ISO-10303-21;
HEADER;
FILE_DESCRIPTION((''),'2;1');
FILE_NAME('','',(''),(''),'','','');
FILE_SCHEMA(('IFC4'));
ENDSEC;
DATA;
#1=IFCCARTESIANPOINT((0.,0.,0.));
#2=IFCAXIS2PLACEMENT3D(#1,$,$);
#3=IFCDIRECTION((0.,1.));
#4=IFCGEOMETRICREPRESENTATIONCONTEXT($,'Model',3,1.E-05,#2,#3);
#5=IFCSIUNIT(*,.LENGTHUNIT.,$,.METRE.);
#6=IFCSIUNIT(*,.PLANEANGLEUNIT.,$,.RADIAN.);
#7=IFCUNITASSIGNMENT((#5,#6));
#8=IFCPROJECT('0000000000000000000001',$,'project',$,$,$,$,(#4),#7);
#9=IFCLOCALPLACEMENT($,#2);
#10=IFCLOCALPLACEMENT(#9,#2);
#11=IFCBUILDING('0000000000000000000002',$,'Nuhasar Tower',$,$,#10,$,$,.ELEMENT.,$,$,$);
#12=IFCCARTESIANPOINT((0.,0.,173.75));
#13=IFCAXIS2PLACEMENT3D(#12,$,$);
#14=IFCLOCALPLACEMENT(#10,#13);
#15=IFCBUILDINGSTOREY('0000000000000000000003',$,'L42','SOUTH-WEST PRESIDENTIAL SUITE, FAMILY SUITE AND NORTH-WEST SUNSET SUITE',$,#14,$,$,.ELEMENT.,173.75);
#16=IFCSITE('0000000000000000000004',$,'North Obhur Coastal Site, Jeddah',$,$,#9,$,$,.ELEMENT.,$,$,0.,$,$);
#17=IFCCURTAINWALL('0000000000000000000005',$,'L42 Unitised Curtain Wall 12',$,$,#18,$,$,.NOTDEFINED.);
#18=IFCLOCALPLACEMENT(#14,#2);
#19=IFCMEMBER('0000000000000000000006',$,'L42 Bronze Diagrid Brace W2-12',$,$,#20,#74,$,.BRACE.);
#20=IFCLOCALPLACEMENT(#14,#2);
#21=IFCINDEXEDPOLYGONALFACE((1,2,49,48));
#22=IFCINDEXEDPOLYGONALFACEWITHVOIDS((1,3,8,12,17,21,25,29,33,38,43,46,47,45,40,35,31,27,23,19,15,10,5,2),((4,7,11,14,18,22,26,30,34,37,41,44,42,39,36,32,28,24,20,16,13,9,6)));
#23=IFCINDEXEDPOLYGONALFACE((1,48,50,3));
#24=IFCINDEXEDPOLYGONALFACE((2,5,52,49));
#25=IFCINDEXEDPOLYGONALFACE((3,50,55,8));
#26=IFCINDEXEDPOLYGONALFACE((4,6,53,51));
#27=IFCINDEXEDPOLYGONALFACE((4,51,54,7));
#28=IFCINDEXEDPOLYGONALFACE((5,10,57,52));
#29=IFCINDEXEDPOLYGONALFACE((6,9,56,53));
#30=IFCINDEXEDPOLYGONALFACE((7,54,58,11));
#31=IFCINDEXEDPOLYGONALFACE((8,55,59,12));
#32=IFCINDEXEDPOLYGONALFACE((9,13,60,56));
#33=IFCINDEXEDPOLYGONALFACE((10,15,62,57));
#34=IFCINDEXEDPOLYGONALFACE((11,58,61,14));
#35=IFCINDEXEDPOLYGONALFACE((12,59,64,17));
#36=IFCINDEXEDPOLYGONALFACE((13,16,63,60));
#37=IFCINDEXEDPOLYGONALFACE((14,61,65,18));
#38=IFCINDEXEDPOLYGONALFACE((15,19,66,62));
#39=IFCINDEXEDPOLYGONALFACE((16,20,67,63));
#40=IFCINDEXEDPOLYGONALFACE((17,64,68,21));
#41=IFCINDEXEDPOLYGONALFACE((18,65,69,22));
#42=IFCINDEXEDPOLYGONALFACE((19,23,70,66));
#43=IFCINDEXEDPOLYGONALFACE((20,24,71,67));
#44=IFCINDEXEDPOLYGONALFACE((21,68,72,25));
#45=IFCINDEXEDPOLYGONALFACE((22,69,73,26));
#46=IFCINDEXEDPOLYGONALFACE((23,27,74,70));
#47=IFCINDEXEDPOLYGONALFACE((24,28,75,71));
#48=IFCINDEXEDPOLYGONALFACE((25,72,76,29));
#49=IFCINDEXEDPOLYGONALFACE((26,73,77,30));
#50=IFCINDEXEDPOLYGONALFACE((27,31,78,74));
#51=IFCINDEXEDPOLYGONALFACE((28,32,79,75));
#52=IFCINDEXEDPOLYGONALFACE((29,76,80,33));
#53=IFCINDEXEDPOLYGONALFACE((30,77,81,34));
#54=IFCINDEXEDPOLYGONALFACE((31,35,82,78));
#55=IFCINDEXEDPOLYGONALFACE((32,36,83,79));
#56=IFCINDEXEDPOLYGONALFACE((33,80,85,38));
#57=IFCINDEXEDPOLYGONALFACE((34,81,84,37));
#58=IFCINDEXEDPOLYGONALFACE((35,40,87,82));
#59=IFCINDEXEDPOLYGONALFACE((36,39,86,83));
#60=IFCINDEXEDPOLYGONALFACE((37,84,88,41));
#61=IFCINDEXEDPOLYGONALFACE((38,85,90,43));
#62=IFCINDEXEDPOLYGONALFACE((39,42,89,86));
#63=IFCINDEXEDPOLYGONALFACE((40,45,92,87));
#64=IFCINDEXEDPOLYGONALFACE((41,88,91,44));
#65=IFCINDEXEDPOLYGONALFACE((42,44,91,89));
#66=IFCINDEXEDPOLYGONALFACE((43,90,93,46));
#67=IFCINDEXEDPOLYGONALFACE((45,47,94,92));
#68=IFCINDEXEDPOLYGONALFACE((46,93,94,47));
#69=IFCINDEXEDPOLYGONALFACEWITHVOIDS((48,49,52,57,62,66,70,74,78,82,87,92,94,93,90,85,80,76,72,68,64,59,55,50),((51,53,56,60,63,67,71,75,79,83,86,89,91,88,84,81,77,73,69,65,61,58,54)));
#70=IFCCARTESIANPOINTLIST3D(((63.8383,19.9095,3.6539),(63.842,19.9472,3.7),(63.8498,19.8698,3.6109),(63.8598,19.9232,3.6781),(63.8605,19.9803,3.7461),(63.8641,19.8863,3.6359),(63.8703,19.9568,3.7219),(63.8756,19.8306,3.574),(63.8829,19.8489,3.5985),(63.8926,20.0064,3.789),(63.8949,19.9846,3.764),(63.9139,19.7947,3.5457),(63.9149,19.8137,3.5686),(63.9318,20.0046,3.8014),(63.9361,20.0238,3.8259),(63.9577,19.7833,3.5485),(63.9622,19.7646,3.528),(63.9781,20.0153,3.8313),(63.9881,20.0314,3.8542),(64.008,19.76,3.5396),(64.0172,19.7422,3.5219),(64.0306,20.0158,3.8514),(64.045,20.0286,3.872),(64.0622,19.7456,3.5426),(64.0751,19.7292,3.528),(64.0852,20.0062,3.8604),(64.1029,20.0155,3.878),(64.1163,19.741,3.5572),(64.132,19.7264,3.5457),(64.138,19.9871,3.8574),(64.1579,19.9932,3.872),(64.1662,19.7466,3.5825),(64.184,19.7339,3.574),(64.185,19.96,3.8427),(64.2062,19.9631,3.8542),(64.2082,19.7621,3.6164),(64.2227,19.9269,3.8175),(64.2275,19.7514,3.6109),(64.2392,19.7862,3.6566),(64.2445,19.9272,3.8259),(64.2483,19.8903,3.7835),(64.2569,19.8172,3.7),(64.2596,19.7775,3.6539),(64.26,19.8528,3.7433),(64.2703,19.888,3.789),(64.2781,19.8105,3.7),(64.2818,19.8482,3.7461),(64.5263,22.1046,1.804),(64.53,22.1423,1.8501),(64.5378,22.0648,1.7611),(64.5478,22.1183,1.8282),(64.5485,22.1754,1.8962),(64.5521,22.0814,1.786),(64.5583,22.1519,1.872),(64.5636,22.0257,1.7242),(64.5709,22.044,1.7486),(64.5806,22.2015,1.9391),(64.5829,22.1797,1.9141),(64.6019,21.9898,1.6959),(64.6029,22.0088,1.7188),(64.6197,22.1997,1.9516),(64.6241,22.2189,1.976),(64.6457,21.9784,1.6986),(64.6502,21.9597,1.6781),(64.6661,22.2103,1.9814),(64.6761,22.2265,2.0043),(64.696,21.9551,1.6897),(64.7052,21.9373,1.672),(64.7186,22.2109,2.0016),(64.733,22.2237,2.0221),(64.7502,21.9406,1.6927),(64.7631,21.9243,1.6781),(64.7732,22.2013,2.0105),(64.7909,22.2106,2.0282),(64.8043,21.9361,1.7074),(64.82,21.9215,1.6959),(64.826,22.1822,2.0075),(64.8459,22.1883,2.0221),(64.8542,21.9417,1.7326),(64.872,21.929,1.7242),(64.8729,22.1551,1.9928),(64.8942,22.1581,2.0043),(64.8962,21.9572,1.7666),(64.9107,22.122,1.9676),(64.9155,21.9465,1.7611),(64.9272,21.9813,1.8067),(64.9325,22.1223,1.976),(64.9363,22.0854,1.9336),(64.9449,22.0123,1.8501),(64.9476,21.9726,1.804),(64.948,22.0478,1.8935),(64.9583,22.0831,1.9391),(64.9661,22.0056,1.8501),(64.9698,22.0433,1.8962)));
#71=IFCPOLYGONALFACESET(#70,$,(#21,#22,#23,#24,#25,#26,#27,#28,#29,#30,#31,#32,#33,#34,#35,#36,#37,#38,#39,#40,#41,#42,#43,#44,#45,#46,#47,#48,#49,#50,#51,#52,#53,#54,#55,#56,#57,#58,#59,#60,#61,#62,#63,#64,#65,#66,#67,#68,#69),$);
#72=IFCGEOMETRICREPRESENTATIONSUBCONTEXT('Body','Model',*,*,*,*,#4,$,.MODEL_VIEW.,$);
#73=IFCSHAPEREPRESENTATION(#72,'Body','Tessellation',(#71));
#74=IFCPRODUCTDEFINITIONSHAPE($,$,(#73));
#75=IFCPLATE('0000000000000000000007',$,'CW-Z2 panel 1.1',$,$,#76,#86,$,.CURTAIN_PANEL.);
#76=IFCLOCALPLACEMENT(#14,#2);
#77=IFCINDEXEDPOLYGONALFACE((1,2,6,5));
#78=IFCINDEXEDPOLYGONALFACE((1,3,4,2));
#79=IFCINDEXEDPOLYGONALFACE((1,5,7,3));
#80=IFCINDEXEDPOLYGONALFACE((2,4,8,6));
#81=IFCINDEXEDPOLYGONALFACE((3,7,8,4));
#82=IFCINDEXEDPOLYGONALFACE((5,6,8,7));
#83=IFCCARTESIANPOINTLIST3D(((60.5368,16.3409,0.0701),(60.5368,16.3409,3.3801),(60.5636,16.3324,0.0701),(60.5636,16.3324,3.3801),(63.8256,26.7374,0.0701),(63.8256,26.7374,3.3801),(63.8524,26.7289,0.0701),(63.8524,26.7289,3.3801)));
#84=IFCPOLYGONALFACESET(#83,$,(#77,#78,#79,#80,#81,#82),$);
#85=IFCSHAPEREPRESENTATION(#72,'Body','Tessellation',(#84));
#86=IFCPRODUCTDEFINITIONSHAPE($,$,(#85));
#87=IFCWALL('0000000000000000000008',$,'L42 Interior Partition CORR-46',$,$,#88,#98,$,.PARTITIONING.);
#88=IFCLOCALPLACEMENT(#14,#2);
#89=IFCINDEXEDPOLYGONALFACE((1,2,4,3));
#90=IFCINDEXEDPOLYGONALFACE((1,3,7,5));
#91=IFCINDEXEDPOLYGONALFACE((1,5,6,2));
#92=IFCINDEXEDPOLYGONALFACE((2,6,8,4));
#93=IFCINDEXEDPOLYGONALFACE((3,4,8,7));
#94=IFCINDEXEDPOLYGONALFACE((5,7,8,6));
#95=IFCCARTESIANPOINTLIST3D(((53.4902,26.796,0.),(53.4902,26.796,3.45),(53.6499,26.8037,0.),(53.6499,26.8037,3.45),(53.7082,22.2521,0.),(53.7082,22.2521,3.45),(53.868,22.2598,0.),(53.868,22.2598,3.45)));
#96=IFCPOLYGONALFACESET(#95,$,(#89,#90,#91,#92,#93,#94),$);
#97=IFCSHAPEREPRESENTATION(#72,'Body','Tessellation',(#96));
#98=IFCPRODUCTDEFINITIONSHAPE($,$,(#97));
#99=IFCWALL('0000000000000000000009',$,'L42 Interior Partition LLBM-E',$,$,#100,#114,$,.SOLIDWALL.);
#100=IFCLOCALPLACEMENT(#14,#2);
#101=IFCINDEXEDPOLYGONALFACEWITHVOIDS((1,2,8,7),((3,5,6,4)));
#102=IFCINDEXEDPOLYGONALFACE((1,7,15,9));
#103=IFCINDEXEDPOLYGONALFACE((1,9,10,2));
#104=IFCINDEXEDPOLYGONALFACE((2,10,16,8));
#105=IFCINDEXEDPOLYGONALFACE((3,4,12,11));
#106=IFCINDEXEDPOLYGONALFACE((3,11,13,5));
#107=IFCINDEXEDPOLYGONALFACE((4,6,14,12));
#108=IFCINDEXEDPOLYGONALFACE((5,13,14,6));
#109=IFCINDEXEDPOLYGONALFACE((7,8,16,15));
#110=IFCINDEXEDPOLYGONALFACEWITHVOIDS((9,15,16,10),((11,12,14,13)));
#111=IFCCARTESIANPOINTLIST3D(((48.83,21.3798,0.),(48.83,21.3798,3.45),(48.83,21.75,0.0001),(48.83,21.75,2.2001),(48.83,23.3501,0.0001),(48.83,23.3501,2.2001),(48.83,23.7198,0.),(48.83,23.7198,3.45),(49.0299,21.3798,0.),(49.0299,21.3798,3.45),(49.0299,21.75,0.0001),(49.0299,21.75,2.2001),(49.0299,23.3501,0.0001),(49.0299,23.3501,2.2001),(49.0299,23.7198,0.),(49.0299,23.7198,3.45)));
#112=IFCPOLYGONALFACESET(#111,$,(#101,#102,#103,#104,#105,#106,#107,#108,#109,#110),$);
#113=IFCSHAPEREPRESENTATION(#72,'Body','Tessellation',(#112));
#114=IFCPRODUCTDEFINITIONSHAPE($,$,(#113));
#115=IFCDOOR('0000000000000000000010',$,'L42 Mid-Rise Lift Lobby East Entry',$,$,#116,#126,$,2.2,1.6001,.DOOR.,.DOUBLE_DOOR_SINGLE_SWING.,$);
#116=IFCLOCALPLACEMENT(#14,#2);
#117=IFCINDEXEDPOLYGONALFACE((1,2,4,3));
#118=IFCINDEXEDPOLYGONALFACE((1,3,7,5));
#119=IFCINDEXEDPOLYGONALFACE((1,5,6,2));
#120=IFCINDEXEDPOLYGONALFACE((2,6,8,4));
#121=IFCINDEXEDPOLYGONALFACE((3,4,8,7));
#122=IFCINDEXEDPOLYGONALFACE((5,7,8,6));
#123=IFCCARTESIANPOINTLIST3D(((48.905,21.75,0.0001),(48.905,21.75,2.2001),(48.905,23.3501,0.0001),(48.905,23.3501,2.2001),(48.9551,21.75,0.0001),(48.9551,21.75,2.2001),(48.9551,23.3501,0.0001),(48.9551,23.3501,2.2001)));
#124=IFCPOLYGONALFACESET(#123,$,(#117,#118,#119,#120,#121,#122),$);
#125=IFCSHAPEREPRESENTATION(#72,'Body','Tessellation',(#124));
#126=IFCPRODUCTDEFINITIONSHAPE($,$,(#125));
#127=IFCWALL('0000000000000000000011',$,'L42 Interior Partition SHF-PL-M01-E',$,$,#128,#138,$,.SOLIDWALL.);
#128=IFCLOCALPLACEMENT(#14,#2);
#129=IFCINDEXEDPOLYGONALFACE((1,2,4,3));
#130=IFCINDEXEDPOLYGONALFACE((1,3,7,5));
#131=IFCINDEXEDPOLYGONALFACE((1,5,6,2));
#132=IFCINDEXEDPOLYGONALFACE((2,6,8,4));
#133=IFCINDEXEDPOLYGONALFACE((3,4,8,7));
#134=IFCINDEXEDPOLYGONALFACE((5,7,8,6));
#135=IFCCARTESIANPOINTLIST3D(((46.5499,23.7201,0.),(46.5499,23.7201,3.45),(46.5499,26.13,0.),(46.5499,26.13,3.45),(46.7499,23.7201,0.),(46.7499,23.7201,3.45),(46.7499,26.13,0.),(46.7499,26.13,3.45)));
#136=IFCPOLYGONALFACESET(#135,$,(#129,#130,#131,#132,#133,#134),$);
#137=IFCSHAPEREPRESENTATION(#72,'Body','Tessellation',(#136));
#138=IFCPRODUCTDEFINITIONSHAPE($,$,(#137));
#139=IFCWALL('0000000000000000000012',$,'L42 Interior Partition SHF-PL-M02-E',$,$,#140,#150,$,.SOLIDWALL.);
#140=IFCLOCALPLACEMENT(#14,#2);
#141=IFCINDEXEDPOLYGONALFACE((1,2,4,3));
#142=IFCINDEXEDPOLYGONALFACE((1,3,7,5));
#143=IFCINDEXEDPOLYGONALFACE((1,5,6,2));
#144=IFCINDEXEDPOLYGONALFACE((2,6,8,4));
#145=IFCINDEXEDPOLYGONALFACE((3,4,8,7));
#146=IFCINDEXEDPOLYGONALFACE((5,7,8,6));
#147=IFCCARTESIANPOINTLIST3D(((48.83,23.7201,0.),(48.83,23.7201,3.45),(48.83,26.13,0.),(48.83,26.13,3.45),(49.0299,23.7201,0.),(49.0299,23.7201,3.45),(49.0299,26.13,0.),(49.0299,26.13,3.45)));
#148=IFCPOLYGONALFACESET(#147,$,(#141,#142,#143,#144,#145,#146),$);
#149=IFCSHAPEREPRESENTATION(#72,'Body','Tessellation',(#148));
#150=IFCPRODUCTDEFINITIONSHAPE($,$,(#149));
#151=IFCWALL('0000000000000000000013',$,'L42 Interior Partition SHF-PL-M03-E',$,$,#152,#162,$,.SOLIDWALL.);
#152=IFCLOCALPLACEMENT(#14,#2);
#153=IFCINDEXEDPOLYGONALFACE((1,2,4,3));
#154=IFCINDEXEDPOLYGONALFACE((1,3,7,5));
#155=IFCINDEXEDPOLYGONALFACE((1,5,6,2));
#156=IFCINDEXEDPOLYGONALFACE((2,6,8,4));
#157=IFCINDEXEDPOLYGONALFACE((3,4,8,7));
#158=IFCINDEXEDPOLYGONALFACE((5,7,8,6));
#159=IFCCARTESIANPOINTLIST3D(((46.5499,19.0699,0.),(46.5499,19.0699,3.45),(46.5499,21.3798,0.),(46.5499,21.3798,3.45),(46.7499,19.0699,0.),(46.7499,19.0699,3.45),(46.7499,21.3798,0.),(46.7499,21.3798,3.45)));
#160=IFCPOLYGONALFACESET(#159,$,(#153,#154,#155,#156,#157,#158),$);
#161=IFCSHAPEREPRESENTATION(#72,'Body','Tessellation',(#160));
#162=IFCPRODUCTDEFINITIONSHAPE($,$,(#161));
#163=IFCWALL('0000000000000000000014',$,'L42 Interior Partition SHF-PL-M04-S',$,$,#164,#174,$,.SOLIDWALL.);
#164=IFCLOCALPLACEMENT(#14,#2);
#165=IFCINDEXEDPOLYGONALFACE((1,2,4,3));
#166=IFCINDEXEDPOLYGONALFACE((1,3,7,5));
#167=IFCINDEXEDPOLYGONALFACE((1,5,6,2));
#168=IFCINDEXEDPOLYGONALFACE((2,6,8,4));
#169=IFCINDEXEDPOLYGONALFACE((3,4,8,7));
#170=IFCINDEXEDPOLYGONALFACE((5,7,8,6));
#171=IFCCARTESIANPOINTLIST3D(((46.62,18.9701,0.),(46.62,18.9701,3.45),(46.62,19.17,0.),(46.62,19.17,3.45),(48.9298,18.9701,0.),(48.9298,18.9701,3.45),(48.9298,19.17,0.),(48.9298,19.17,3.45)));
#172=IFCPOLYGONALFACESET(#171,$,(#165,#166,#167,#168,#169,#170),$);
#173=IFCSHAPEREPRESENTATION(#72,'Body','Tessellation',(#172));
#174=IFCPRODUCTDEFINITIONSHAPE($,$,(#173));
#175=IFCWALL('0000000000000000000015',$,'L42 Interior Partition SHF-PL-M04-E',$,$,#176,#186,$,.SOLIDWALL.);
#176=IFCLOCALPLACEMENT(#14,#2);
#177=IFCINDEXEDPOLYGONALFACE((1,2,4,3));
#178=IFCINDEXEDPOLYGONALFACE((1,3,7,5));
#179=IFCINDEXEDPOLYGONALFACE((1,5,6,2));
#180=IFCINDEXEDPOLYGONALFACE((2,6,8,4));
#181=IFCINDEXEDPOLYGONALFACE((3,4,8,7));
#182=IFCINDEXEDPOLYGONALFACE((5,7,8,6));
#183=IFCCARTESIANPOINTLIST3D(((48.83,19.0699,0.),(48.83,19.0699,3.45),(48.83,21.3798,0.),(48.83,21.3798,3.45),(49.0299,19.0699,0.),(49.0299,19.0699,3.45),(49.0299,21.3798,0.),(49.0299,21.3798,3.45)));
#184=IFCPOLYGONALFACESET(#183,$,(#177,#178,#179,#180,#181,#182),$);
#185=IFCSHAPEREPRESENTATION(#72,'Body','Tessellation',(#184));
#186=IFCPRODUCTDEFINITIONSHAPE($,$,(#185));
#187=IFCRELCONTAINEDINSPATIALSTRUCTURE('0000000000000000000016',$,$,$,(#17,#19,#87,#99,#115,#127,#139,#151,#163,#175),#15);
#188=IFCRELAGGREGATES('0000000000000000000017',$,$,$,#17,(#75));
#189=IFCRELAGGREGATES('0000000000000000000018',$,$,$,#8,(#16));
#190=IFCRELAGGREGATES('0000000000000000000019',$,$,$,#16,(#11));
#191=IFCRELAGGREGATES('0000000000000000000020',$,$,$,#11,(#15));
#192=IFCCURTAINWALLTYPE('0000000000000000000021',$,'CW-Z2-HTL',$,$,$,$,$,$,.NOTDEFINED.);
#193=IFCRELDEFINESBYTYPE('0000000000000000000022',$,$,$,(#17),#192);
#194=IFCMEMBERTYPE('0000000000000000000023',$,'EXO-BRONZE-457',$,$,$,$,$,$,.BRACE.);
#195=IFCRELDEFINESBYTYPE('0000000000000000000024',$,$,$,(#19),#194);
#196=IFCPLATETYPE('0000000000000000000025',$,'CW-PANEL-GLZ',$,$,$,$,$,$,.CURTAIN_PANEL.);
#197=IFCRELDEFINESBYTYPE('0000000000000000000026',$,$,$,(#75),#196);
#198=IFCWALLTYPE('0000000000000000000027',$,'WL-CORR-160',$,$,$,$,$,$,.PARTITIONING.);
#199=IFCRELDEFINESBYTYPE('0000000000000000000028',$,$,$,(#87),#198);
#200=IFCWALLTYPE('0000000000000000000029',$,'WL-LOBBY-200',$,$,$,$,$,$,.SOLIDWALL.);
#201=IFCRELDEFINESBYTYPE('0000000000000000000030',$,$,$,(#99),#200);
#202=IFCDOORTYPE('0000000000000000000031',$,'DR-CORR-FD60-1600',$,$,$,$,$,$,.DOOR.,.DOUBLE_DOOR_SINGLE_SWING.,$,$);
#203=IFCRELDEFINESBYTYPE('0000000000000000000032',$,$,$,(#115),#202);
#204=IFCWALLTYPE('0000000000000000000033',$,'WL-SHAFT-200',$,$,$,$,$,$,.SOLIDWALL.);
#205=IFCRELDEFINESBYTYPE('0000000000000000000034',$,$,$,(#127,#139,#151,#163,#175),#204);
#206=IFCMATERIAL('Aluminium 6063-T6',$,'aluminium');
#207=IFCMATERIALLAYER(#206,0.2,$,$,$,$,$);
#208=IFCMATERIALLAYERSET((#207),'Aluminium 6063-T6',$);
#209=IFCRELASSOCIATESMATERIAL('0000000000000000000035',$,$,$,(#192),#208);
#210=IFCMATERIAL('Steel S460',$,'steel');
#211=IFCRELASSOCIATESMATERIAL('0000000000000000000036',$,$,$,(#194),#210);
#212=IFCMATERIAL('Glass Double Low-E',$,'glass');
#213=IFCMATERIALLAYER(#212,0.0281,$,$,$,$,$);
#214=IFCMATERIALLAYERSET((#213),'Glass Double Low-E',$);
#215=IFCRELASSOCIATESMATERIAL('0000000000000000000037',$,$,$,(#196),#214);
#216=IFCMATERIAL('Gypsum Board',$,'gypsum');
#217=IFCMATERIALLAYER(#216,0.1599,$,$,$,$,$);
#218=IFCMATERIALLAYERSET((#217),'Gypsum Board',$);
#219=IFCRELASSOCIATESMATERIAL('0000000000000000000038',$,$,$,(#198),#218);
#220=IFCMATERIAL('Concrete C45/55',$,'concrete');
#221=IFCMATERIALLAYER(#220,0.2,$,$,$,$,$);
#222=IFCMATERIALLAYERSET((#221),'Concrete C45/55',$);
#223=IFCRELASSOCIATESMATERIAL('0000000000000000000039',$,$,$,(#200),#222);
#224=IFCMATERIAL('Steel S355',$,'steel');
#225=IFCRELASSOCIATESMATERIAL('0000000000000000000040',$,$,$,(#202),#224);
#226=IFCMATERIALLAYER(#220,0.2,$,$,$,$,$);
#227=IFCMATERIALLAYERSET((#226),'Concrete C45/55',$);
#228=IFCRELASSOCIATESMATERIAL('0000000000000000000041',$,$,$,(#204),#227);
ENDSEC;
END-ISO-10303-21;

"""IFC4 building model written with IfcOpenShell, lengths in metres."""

from ifc_helpers import new_model, si_unit, direction, frame, frame_2d, origin, origin_2d, place, context, subcontext, project, spatial, rectangle, hollow_circle, extrude, material, layer, layer_set, material_profile, profile_set, type_object, element, fill, aggregate, save


model = new_model("IFC4")

# Units and contexts
model_context = context("Model", 3, precision=1e-05, world=origin(), true_north=direction((0.0, 1.0)))
body_context = subcontext(model_context, "Body", "Model", "MODEL_VIEW")
ifc_project = project(units=[si_unit("LENGTHUNIT", "METRE"), si_unit("PLANEANGLEUNIT", "RADIAN")], contexts=[model_context])

# Site, building, storey
site_placement = place(None, origin())
site = spatial("IfcSite", under=ifc_project, at=site_placement, Name="North Obhur Coastal Site, Jeddah", CompositionType="ELEMENT", RefElevation=0.0)
building_placement = place(site_placement, origin())
building = spatial("IfcBuilding", under=site, at=building_placement, Name="Nuhasar Tower", CompositionType="ELEMENT")
storey_placement = place(building_placement, frame((0.0, 0.0, 173.75)))
storey = spatial("IfcBuildingStorey", under=building, at=storey_placement, Name="L42", Description="SOUTH-WEST PRESIDENTIAL SUITE, FAMILY SUITE AND NORTH-WEST SUNSET SUITE", CompositionType="ELEMENT", Elevation=173.75)

# Shared definitions
ifc_material_1 = material(Name="Steel S355", Category="steel")

# Curtain wall
ifc_material_2 = material(Name="Aluminium 6063-T6", Category="aluminium")
ifc_layer_1 = layer(ifc_material_2, 0.2)
ifc_layer_set_1 = layer_set([ifc_layer_1], Name="Aluminium 6063-T6")
curtain_wall_type = type_object("IfcCurtainWallType", Name="CW-Z2-HTL", PredefinedType="NOTDEFINED", material=ifc_layer_set_1)
curtain_wall_placement = place(storey_placement, origin())
curtain_wall = element("IfcCurtainWall", 1, at=curtain_wall_placement, inside=storey, type_object=curtain_wall_type, Name="L42 Unitised Curtain Wall 12", PredefinedType="NOTDEFINED")

# Member
ifc_material_3 = material(Name="Steel S460", Category="steel")
ifc_material_profile_1 = material_profile(ifc_material_3, hollow_circle(Radius=0.2285, WallThickness=0.0222, at=origin_2d()), Name="HSS457X22.2")
ifc_profile_set_1 = profile_set([ifc_material_profile_1], Name="Steel S460")
member_type_1 = type_object("IfcMemberType", Name="EXO-BRONZE-457", PredefinedType="BRACE", material=ifc_profile_set_1)
member_1_placement = place(storey_placement, frame((64.748, 22.074, 1.8501), z_axis=(-0.233068, -0.743616, 0.626669), x_axis=(0.954228, -0.299079, 0.0)))
element("IfcMember", 2, at=member_1_placement, inside=storey, type_object=member_type_1, Name="L42 Bronze Diagrid Brace W2-12", PredefinedType="BRACE", context=body_context, shape_type="SweptSolid", body=[
    extrude(hollow_circle(Radius=0.2285, WallThickness=0.0222, at=origin_2d()), origin(), (0.0, 0.0, 1.0), 2.9519),
])

# Plate
ifc_material_4 = material(Name="Glass Double Low-E", Category="glass")
ifc_layer_2 = layer(ifc_material_4, 0.0281)
ifc_layer_set_2 = layer_set([ifc_layer_2], Name="Glass Double Low-E")
plate_type = type_object("IfcPlateType", Name="CW-PANEL-GLZ", PredefinedType="CURTAIN_PANEL", material=ifc_layer_set_2)
plate_placement = place(storey_placement, frame((62.1946, 21.5349, 0.0701), z_axis=(0.0, 0.0, 1.0), x_axis=(0.301604, 0.953433, 0.0)))
plate = element("IfcPlate", 3, at=plate_placement, type_object=plate_type, Name="CW-Z2 panel 1.1", PredefinedType="CURTAIN_PANEL", context=body_context, shape_type="SweptSolid", body=[
    extrude(rectangle(XDim=10.9043, YDim=0.0281, at=origin_2d()), origin(), (0.0, 0.0, 1.0), 3.3101),
])
aggregate(curtain_wall, [plate])

# Shared definitions
ifc_material_5 = material(Name="Gypsum Board", Category="gypsum")
ifc_layer_3 = layer(ifc_material_5, 0.1599)
ifc_layer_set_3 = layer_set([ifc_layer_3], Name="Gypsum Board")
wall_type_1 = type_object("IfcWallType", Name="WL-CORR-160", PredefinedType="PARTITIONING", material=ifc_layer_set_3)

# Wall
wall_1_placement = place(storey_placement, frame((53.7881, 22.2561, 0.0), z_axis=(0.0, 0.0, 1.0), x_axis=(-0.047925, 0.998851, 0.0)))
element("IfcWall", 4, at=wall_1_placement, inside=storey, type_object=wall_type_1, Name="L42 Interior Partition CORR-46", PredefinedType="PARTITIONING", context=body_context, shape_type="SweptSolid", body=[
    extrude(rectangle(XDim=4.5491, YDim=0.1599, at=frame_2d((2.2744, 0.0))), origin(), (0.0, 0.0, 1.0), 3.45),
])

# Wall, opening, door
ifc_material_6 = material(Name="Concrete C45/55", Category="concrete")
ifc_layer_4 = layer(ifc_material_6, 0.2)
ifc_layer_set_4 = layer_set([ifc_layer_4], Name="Concrete C45/55")
wall_type_2 = type_object("IfcWallType", Name="WL-LOBBY-200", PredefinedType="SOLIDWALL", material=ifc_layer_set_4)
wall_2_placement = place(storey_placement, frame((48.9299, 21.3799, 0.0), z_axis=(0.0, 0.0, 1.0), x_axis=(0.0, 1.0, 0.0)))
wall_2 = element("IfcWall", 5, at=wall_2_placement, inside=storey, type_object=wall_type_2, Name="L42 Interior Partition LLBM-E", PredefinedType="SOLIDWALL", context=body_context, shape_type="SweptSolid", body=[
    extrude(rectangle(XDim=2.3401, YDim=0.2, at=frame_2d((1.1699, 0.0))), origin(), (0.0, 0.0, 1.0), 3.45),
])
opening_1_placement = place(wall_2_placement, frame((0.3701, 0.0, 0.0)))
opening_1 = element("IfcOpeningElement", 6, at=opening_1_placement, cuts=wall_2, PredefinedType="OPENING", context=body_context, shape_type="SweptSolid", body=[
    extrude(rectangle(XDim=1.6001, YDim=2.2, at=frame_2d((0.8, 1.1001))), frame((0.0, 0.1099, 0.0), z_axis=(0.0, -1.0, 0.0), x_axis=(1.0, 0.0, 0.0)), (0.0, 0.0, 1.0), 0.22),
])
door_type_1 = type_object("IfcDoorType", Name="DR-CORR-FD60-1600", OperationType="DOUBLE_DOOR_SINGLE_SWING", PredefinedType="DOOR", material=ifc_material_1)
door_1_placement = place(opening_1_placement, origin())
door_1 = element("IfcDoor", 7, at=door_1_placement, inside=storey, type_object=door_type_1, Name="L42 Mid-Rise Lift Lobby East Entry", OperationType="DOUBLE_DOOR_SINGLE_SWING", OverallHeight=2.2, OverallWidth=1.6001, PredefinedType="DOOR", context=body_context, shape_type="SweptSolid", body=[
    extrude(rectangle(XDim=1.6001, YDim=2.2, at=frame_2d((0.8, 1.1001))), frame((0.0, 0.0249, 0.0), z_axis=(0.0, -1.0, 0.0), x_axis=(1.0, 0.0, 0.0)), (0.0, 0.0, 1.0), 0.05),
])
fill(opening_1, door_1)

# Wall
ifc_layer_5 = layer(ifc_material_6, 0.2)
ifc_layer_set_5 = layer_set([ifc_layer_5], Name="Concrete C45/55")
wall_type_3 = type_object("IfcWallType", Name="WL-SHAFT-200", PredefinedType="SOLIDWALL", material=ifc_layer_set_5)
wall_3_placement = place(storey_placement, frame((46.6499, 23.72, 0.0), z_axis=(0.0, 0.0, 1.0), x_axis=(0.0, 1.0, 0.0)))
element("IfcWall", 8, at=wall_3_placement, inside=storey, type_object=wall_type_3, Name="L42 Interior Partition SHF-PL-M01-E", PredefinedType="SOLIDWALL", context=body_context, shape_type="SweptSolid", body=[
    extrude(rectangle(XDim=2.4099, YDim=0.2, at=frame_2d((1.2051, 0.0))), origin(), (0.0, 0.0, 1.0), 3.45),
])

# Walls
wall_4_placement = place(storey_placement, frame((48.9299, 23.72, 0.0), z_axis=(0.0, 0.0, 1.0), x_axis=(0.0, 1.0, 0.0)))
element("IfcWall", 9, at=wall_4_placement, inside=storey, type_object=wall_type_3, Name="L42 Interior Partition SHF-PL-M02-E", PredefinedType="SOLIDWALL", context=body_context, shape_type="SweptSolid", body=[
    extrude(rectangle(XDim=2.4099, YDim=0.2, at=frame_2d((1.2051, 0.0))), origin(), (0.0, 0.0, 1.0), 3.45),
])
for number, where, z_axis, x_axis, name in (
    (10, (46.6499, 19.0701, 0.0), (0.0, 0.0, 1.0), (0.0, 1.0, 0.0), "L42 Interior Partition SHF-PL-M03-E"),
    (11, (46.6201, 19.0701, 0.0), (0.0, 0.0, 1.0), (1.0, 0.0, 0.0), "L42 Interior Partition SHF-PL-M04-S"),
):
    element("IfcWall", number, at=place(storey_placement, frame(where, z_axis=z_axis, x_axis=x_axis)), inside=storey, type_object=wall_type_3, Name=name, PredefinedType="SOLIDWALL", context=body_context, shape_type="SweptSolid", body=[
        extrude(rectangle(XDim=2.3098, YDim=0.2, at=frame_2d((1.1548, 0.0))), origin(), (0.0, 0.0, 1.0), 3.45),
    ])

# Wall
wall_5_placement = place(storey_placement, frame((48.9299, 19.0701, 0.0), z_axis=(0.0, 0.0, 1.0), x_axis=(0.0, 1.0, 0.0)))
element("IfcWall", 12, at=wall_5_placement, inside=storey, type_object=wall_type_3, Name="L42 Interior Partition SHF-PL-M04-E", PredefinedType="SOLIDWALL", context=body_context, shape_type="SweptSolid", body=[
    extrude(rectangle(XDim=2.3098, YDim=0.2, at=frame_2d((1.1548, 0.0))), origin(), (0.0, 0.0, 1.0), 3.45),
])

save(model, "model.ifc")
